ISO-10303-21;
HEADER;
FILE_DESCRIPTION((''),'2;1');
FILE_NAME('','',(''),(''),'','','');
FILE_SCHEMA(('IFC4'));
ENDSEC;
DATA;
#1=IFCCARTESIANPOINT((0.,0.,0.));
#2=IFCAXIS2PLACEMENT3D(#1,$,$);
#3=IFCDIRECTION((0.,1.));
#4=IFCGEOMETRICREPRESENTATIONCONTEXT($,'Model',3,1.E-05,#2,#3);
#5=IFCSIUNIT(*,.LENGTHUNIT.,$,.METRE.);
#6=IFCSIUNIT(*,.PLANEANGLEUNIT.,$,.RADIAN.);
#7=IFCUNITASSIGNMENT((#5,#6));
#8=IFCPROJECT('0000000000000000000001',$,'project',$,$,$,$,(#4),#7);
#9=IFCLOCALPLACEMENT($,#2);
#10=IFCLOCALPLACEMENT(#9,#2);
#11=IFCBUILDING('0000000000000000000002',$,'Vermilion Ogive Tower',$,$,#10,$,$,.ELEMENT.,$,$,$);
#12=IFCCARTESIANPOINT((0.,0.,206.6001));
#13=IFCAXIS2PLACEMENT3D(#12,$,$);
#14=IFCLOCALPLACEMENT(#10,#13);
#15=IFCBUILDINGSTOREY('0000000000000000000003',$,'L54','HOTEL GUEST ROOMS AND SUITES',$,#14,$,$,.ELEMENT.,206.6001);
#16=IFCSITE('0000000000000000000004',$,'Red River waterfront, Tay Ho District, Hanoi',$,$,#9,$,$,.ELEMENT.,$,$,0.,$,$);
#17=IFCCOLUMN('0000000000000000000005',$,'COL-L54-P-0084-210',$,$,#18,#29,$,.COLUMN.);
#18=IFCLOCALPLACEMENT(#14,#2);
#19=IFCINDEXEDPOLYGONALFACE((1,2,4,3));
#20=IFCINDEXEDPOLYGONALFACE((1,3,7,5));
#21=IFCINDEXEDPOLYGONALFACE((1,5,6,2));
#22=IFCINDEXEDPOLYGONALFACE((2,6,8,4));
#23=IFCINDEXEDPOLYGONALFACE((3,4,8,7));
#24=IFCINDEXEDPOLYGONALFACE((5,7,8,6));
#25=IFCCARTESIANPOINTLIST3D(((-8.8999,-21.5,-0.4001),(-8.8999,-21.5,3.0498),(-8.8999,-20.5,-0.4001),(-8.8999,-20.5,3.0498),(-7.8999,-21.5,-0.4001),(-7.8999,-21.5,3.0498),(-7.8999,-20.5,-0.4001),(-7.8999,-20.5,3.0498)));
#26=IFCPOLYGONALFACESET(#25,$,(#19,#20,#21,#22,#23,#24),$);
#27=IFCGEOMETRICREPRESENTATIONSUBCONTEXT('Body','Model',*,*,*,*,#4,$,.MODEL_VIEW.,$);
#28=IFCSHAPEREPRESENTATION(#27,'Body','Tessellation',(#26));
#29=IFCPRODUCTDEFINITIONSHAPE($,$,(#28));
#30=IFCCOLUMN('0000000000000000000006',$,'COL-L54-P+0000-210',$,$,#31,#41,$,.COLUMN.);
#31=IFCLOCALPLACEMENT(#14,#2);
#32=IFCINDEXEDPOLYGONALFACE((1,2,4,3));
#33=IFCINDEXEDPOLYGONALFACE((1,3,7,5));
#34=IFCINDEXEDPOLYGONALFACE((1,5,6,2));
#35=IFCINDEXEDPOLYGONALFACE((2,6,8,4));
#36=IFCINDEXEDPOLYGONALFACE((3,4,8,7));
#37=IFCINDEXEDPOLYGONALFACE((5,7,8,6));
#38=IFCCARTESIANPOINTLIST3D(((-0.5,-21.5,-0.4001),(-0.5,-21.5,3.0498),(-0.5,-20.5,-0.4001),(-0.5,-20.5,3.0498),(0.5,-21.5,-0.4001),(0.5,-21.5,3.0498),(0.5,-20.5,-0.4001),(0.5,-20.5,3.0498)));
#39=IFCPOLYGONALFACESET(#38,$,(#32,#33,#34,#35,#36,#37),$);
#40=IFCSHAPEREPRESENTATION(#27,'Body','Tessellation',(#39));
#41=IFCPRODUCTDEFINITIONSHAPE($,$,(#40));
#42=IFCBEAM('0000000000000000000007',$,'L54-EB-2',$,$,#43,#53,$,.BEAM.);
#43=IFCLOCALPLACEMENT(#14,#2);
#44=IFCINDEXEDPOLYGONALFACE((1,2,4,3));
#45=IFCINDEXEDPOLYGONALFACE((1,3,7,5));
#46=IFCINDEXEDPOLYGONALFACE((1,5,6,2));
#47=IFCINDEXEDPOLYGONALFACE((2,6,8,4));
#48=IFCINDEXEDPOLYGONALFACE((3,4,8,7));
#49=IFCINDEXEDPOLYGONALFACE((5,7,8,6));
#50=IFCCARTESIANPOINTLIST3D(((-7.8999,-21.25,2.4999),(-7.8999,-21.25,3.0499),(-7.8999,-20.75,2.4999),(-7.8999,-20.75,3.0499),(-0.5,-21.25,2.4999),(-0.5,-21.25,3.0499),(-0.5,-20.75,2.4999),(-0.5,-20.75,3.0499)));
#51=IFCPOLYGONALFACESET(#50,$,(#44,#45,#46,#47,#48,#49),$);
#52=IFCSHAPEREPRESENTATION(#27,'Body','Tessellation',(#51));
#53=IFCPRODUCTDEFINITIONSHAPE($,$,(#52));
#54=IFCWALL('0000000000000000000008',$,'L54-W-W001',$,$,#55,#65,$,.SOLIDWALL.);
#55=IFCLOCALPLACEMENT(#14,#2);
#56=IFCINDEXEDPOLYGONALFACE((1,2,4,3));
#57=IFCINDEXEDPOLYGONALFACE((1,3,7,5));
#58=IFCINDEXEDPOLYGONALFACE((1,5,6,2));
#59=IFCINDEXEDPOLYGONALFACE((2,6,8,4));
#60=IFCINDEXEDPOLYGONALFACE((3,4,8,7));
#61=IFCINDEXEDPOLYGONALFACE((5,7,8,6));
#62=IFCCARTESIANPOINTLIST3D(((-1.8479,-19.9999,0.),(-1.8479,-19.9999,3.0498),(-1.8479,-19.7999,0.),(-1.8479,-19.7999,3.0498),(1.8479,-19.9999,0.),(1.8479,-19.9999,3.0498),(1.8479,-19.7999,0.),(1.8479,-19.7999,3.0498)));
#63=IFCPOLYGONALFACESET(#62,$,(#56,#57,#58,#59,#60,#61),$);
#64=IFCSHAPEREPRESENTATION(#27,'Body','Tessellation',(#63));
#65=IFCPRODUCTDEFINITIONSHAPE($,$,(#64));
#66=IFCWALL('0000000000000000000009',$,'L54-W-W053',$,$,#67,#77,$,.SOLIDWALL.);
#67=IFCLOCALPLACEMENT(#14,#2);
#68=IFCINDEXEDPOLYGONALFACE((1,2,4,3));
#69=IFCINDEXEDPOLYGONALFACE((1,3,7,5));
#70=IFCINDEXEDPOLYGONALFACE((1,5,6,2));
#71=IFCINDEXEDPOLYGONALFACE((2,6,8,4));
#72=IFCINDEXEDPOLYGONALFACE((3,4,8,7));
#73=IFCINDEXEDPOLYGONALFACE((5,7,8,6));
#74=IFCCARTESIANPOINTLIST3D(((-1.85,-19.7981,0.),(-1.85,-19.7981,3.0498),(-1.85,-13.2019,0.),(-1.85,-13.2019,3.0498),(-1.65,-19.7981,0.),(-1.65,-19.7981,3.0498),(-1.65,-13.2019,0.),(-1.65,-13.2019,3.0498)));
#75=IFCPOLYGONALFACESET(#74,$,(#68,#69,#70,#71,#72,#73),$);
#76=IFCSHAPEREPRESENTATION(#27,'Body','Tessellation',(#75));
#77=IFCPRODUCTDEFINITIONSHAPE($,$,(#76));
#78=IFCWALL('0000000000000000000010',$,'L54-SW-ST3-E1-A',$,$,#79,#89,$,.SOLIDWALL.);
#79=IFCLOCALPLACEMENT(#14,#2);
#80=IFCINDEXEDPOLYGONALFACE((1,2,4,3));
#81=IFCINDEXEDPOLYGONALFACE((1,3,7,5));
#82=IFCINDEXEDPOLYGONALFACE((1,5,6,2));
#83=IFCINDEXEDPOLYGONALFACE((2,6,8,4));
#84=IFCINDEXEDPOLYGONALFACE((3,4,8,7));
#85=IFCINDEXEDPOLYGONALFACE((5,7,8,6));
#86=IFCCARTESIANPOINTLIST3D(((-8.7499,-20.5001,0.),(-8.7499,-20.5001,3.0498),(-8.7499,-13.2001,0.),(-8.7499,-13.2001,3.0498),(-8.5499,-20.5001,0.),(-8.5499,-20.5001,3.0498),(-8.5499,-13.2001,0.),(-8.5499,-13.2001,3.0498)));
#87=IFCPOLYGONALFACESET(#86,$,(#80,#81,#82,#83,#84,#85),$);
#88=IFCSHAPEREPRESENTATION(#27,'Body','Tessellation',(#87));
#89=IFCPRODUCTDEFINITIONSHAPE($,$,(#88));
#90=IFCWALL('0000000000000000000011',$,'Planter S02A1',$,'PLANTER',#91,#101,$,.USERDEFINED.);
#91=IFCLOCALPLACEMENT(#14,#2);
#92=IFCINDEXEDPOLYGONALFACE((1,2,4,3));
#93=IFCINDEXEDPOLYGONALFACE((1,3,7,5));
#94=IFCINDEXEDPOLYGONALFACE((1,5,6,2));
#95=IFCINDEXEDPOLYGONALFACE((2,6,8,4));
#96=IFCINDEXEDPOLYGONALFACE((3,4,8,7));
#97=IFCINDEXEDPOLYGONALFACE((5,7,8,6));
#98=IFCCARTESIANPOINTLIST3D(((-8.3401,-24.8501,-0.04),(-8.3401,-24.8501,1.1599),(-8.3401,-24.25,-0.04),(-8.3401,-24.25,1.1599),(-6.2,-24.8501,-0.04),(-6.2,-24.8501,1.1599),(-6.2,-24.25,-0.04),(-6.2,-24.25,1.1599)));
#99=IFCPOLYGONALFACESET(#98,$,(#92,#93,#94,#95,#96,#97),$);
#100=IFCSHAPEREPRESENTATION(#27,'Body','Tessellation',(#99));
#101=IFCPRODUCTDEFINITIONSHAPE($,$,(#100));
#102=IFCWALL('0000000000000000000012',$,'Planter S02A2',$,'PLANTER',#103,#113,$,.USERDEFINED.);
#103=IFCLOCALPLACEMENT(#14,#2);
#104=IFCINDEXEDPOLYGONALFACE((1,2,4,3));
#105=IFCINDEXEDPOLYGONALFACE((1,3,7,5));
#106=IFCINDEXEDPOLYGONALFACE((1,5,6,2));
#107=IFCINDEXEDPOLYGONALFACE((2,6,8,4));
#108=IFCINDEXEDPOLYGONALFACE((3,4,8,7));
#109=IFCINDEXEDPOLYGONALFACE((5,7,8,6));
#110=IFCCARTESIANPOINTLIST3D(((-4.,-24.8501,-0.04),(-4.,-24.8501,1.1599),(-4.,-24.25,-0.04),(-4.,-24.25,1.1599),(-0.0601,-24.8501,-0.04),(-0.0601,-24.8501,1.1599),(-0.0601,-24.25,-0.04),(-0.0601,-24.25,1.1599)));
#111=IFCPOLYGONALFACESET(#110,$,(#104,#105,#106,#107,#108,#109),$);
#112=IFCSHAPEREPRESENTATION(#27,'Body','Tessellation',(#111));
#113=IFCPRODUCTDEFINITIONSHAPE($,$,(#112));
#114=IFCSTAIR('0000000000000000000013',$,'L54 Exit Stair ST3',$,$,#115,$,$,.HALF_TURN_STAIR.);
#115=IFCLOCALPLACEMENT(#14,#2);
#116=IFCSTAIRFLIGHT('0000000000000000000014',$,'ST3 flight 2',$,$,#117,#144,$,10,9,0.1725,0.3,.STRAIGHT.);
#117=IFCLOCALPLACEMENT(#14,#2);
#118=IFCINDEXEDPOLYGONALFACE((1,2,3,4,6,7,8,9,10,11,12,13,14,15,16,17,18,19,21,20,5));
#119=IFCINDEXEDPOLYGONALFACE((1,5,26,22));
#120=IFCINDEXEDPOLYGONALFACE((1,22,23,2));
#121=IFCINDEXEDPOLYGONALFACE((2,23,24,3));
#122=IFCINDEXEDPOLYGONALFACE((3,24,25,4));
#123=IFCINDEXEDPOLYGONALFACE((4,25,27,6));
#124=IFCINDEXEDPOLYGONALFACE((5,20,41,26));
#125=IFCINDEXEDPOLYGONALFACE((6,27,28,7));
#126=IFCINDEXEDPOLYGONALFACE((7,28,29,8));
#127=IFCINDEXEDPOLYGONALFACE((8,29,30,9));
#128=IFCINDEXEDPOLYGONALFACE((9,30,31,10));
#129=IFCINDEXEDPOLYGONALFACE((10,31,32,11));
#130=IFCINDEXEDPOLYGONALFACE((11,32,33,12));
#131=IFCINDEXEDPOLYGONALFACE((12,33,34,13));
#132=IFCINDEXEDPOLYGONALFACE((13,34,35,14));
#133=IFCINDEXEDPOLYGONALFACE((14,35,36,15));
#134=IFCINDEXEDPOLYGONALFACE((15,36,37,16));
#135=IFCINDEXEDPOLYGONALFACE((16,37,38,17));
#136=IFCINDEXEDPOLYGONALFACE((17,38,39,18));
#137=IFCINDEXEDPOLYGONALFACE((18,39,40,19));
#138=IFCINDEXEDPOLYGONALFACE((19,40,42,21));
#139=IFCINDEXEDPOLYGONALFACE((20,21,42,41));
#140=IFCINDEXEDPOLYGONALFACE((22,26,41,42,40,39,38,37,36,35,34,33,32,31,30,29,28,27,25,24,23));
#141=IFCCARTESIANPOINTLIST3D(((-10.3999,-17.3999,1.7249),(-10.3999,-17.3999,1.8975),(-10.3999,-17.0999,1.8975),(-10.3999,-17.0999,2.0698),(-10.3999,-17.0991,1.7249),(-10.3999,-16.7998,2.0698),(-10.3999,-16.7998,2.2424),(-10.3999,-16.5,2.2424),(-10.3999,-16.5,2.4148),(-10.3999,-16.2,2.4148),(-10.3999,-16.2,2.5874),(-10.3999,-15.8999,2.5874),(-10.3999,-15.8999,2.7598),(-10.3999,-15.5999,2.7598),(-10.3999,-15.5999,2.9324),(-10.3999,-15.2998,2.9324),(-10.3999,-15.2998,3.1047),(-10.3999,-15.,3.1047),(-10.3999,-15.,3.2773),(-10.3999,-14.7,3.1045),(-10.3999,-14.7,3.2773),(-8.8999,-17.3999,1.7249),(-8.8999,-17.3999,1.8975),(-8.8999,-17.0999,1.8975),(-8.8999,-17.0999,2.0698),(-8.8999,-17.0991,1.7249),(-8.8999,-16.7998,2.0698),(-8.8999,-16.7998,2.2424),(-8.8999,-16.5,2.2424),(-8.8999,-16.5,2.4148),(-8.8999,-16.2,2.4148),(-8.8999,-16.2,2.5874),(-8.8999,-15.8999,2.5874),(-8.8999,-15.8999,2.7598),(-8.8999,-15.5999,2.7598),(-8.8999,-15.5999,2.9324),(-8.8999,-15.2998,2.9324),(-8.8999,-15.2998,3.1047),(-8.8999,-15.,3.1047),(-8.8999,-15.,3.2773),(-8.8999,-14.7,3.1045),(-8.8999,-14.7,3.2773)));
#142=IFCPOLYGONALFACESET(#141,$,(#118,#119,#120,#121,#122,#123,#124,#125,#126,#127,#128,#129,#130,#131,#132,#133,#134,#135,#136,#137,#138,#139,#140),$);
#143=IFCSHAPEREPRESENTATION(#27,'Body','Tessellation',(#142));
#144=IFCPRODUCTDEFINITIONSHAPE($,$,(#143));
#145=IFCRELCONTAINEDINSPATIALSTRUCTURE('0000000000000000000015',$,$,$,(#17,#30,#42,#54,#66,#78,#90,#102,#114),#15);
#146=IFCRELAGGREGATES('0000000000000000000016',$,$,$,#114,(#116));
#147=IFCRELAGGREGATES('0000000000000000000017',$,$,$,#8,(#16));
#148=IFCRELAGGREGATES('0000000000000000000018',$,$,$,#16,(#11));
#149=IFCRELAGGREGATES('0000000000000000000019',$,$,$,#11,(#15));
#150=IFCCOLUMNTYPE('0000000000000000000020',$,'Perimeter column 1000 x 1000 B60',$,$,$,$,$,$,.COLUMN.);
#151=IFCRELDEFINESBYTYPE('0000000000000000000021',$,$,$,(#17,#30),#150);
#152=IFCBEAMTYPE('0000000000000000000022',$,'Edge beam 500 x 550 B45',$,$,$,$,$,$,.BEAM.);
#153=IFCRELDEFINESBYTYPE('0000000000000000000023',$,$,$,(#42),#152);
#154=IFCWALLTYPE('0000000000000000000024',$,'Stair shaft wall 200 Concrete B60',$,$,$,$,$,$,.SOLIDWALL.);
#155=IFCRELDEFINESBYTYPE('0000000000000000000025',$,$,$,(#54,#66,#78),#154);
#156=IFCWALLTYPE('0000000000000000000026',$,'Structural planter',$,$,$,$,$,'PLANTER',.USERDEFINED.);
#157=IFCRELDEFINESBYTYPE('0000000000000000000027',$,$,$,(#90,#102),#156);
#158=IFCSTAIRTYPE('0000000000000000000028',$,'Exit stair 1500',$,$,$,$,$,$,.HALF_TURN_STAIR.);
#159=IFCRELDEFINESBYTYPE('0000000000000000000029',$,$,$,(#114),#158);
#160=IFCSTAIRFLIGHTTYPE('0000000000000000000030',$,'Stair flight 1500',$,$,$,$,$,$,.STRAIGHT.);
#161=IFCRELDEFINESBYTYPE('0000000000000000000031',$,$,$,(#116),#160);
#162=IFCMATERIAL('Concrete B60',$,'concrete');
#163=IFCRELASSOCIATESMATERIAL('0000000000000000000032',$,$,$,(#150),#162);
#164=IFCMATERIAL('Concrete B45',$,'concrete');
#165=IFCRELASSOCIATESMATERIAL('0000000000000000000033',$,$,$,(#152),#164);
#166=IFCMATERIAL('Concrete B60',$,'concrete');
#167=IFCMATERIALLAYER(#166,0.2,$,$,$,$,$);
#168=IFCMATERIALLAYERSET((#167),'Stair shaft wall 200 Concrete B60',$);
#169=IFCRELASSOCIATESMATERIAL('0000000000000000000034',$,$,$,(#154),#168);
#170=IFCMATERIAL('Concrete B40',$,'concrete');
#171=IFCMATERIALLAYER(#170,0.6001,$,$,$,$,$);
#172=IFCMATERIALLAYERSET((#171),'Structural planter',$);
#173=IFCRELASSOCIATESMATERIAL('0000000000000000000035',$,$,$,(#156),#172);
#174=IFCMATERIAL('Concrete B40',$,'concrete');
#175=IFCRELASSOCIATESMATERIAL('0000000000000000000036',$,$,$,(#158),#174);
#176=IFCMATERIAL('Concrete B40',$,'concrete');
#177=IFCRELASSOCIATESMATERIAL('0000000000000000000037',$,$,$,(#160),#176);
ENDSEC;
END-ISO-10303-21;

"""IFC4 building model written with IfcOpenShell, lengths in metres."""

from ifc_helpers import new_model, si_unit, direction, frame, frame_2d, origin, origin_2d, place, context, subcontext, project, spatial, polyline, rectangle, outline, extrude, material, layer, layer_set, material_profile, profile_set, type_object, element, aggregate, save


model = new_model("IFC4")

# Units and contexts
model_context = context("Model", 3, precision=1e-05, world=origin(), true_north=direction((0.0, 1.0)))
body_context = subcontext(model_context, "Body", "Model", "MODEL_VIEW")
ifc_project = project(units=[si_unit("LENGTHUNIT", "METRE"), si_unit("PLANEANGLEUNIT", "RADIAN")], contexts=[model_context])

# Site, building, storey
site_placement = place(None, origin())
site = spatial("IfcSite", under=ifc_project, at=site_placement, Name="Red River waterfront, Tay Ho District, Hanoi", CompositionType="ELEMENT", RefElevation=0.0)
building_placement = place(site_placement, origin())
building = spatial("IfcBuilding", under=site, at=building_placement, Name="Vermilion Ogive Tower", CompositionType="ELEMENT")
storey_placement = place(building_placement, frame((0.0, 0.0, 206.6001)))
storey = spatial("IfcBuildingStorey", under=building, at=storey_placement, Name="L54", Description="HOTEL GUEST ROOMS AND SUITES", CompositionType="ELEMENT", Elevation=206.6001)

# Columns
ifc_material_1 = material(Name="Concrete B60", Category="concrete")
ifc_material_profile_1 = material_profile(ifc_material_1, rectangle(XDim=1.0, YDim=1.0, at=origin_2d()), Name="1000 x 1000")
ifc_profile_set_1 = profile_set([ifc_material_profile_1], Name="Concrete B60")
column_type = type_object("IfcColumnType", Name="Perimeter column 1000 x 1000 B60", PredefinedType="COLUMN", material=ifc_profile_set_1)
for number, where, z_axis, x_axis, name in (
    (1, (-8.3999, -21.0, -0.4001), (0.0, 0.0, 1.0), (1.0, 0.0, 0.0), "COL-L54-P-0084-210"),
    (2, (0.0, -21.0, -0.4001), (0.0, 0.0, 1.0), (1.0, 0.0, 0.0), "COL-L54-P+0000-210"),
):
    element("IfcColumn", number, at=place(storey_placement, frame(where, z_axis=z_axis, x_axis=x_axis)), inside=storey, type_object=column_type, Name=name, PredefinedType="COLUMN", context=body_context, shape_type="SweptSolid", body=[
        extrude(rectangle(XDim=1.0, YDim=1.0, at=origin_2d()), origin(), (0.0, 0.0, 1.0), 3.45),
    ])

# Beam
ifc_material_2 = material(Name="Concrete B45", Category="concrete")
ifc_material_profile_2 = material_profile(ifc_material_2, rectangle(XDim=0.5, YDim=0.55, at=origin_2d()), Name="500 x 550")
ifc_profile_set_2 = profile_set([ifc_material_profile_2], Name="Concrete B45")
beam_type = type_object("IfcBeamType", Name="Edge beam 500 x 550 B45", PredefinedType="BEAM", material=ifc_profile_set_2)
beam_placement = place(storey_placement, frame((-7.8999, -21.0, 2.7749), z_axis=(1.0, 0.0, 0.0), x_axis=(0.0, 1.0, 0.0)))
element("IfcBeam", 3, at=beam_placement, inside=storey, type_object=beam_type, Name="L54-EB-2", PredefinedType="BEAM", context=body_context, shape_type="SweptSolid", body=[
    extrude(rectangle(XDim=0.5, YDim=0.55, at=origin_2d()), origin(), (0.0, 0.0, 1.0), 7.3999),
])

# Walls
ifc_material_3 = material(Name="Concrete B60", Category="concrete")
ifc_layer_1 = layer(ifc_material_3, 0.2)
ifc_layer_set_1 = layer_set([ifc_layer_1], Name="Stair shaft wall 200 Concrete B60")
wall_type_1 = type_object("IfcWallType", Name="Stair shaft wall 200 Concrete B60", PredefinedType="SOLIDWALL", material=ifc_layer_set_1)
wall_1_placement = place(storey_placement, frame((-1.8479, -19.8999, 0.0), z_axis=(0.0, 0.0, 1.0), x_axis=(1.0, 0.0, 0.0)))
element("IfcWall", 4, at=wall_1_placement, inside=storey, type_object=wall_type_1, Name="L54-W-W001", PredefinedType="SOLIDWALL", context=body_context, shape_type="SweptSolid", body=[
    extrude(rectangle(XDim=3.6958, YDim=0.2, at=frame_2d((1.8479, 0.0))), origin(), (0.0, 0.0, 1.0), 3.0498),
])
wall_2_placement = place(storey_placement, frame((-1.75, -19.7981, 0.0), z_axis=(0.0, 0.0, 1.0), x_axis=(0.0, 1.0, 0.0)))
element("IfcWall", 5, at=wall_2_placement, inside=storey, type_object=wall_type_1, Name="L54-W-W053", PredefinedType="SOLIDWALL", context=body_context, shape_type="SweptSolid", body=[
    extrude(rectangle(XDim=6.5962, YDim=0.2, at=frame_2d((3.2981, 0.0))), origin(), (0.0, 0.0, 1.0), 3.0498),
])
wall_3_placement = place(storey_placement, frame((-8.6499, -20.5, 0.0), z_axis=(0.0, 0.0, 1.0), x_axis=(0.0, 1.0, 0.0)))
element("IfcWall", 6, at=wall_3_placement, inside=storey, type_object=wall_type_1, Name="L54-SW-ST3-E1-A", PredefinedType="SOLIDWALL", context=body_context, shape_type="SweptSolid", body=[
    extrude(rectangle(XDim=7.3, YDim=0.2, at=frame_2d((3.6499, 0.0))), origin(), (0.0, 0.0, 1.0), 3.0498),
])
ifc_material_4 = material(Name="Concrete B40", Category="concrete")
ifc_layer_2 = layer(ifc_material_4, 0.6001)
ifc_layer_set_2 = layer_set([ifc_layer_2], Name="Structural planter")
wall_type_2 = type_object("IfcWallType", Name="Structural planter", ElementType="PLANTER", PredefinedType="USERDEFINED", material=ifc_layer_set_2)
wall_4_placement = place(storey_placement, frame((-8.3401, -24.55, -0.04), z_axis=(0.0, 0.0, 1.0), x_axis=(1.0, 0.0, 0.0)))
element("IfcWall", 7, at=wall_4_placement, inside=storey, type_object=wall_type_2, Name="Planter S02A1", ObjectType="PLANTER", PredefinedType="USERDEFINED", context=body_context, shape_type="SweptSolid", body=[
    extrude(rectangle(XDim=2.1401, YDim=0.6001, at=frame_2d((1.0701, 0.0))), origin(), (0.0, 0.0, 1.0), 1.2),
])
wall_5_placement = place(storey_placement, frame((-4.0, -24.55, -0.04), z_axis=(0.0, 0.0, 1.0), x_axis=(1.0, 0.0, 0.0)))
element("IfcWall", 8, at=wall_5_placement, inside=storey, type_object=wall_type_2, Name="Planter S02A2", ObjectType="PLANTER", PredefinedType="USERDEFINED", context=body_context, shape_type="SweptSolid", body=[
    extrude(rectangle(XDim=3.9399, YDim=0.6001, at=frame_2d((1.97, 0.0))), origin(), (0.0, 0.0, 1.0), 1.2),
])

# Stair, stair flight
ifc_material_5 = material(Name="Concrete B40", Category="concrete")
stair_type = type_object("IfcStairType", Name="Exit stair 1500", PredefinedType="HALF_TURN_STAIR", material=ifc_material_5)
stair_placement = place(storey_placement, origin())
stair = element("IfcStair", 9, at=stair_placement, inside=storey, type_object=stair_type, Name="L54 Exit Stair ST3", PredefinedType="HALF_TURN_STAIR")
ifc_material_6 = material(Name="Concrete B40", Category="concrete")
stair_flight_type = type_object("IfcStairFlightType", Name="Stair flight 1500", PredefinedType="STRAIGHT", material=ifc_material_6)
stair_flight_placement = place(storey_placement, frame((-9.6499, -17.3999, 1.7249), z_axis=(0.0, 0.0, 1.0), x_axis=(0.0, 1.0, 0.0)))
stair_flight = element("IfcStairFlight", 10, at=stair_flight_placement, type_object=stair_flight_type, Name="ST3 flight 2", NumberOfRisers=10, NumberOfTreads=9, PredefinedType="STRAIGHT", RiserHeight=0.1725, TreadLength=0.3, context=body_context, shape_type="SweptSolid", body=[
    extrude(outline(polyline([(0.0, 0.0), (0.0, 0.1726), (0.3, 0.1726), (0.3, 0.345), (0.6001, 0.345), (0.6001, 0.5176), (0.8999, 0.5176), (0.8999, 0.6899), (1.2, 0.6899), (1.2, 0.8625), (1.5, 0.8625), (1.5, 1.0349), (1.8, 1.0349), (1.8, 1.2075), (2.1001, 1.2075), (2.1001, 1.3799), (2.3999, 1.3799), (2.3999, 1.5525), (2.7, 1.5525), (2.7, 1.7251), (2.7, 1.3796), (0.3008, 0.0), (0.0, 0.0)])), frame((0.0, 0.75, 0.0), z_axis=(0.0, -1.0, 0.0), x_axis=(1.0, 0.0, 0.0)), (0.0, 0.0, 1.0), 1.5),
])
aggregate(stair, [stair_flight])

save(model, "model.ifc")
